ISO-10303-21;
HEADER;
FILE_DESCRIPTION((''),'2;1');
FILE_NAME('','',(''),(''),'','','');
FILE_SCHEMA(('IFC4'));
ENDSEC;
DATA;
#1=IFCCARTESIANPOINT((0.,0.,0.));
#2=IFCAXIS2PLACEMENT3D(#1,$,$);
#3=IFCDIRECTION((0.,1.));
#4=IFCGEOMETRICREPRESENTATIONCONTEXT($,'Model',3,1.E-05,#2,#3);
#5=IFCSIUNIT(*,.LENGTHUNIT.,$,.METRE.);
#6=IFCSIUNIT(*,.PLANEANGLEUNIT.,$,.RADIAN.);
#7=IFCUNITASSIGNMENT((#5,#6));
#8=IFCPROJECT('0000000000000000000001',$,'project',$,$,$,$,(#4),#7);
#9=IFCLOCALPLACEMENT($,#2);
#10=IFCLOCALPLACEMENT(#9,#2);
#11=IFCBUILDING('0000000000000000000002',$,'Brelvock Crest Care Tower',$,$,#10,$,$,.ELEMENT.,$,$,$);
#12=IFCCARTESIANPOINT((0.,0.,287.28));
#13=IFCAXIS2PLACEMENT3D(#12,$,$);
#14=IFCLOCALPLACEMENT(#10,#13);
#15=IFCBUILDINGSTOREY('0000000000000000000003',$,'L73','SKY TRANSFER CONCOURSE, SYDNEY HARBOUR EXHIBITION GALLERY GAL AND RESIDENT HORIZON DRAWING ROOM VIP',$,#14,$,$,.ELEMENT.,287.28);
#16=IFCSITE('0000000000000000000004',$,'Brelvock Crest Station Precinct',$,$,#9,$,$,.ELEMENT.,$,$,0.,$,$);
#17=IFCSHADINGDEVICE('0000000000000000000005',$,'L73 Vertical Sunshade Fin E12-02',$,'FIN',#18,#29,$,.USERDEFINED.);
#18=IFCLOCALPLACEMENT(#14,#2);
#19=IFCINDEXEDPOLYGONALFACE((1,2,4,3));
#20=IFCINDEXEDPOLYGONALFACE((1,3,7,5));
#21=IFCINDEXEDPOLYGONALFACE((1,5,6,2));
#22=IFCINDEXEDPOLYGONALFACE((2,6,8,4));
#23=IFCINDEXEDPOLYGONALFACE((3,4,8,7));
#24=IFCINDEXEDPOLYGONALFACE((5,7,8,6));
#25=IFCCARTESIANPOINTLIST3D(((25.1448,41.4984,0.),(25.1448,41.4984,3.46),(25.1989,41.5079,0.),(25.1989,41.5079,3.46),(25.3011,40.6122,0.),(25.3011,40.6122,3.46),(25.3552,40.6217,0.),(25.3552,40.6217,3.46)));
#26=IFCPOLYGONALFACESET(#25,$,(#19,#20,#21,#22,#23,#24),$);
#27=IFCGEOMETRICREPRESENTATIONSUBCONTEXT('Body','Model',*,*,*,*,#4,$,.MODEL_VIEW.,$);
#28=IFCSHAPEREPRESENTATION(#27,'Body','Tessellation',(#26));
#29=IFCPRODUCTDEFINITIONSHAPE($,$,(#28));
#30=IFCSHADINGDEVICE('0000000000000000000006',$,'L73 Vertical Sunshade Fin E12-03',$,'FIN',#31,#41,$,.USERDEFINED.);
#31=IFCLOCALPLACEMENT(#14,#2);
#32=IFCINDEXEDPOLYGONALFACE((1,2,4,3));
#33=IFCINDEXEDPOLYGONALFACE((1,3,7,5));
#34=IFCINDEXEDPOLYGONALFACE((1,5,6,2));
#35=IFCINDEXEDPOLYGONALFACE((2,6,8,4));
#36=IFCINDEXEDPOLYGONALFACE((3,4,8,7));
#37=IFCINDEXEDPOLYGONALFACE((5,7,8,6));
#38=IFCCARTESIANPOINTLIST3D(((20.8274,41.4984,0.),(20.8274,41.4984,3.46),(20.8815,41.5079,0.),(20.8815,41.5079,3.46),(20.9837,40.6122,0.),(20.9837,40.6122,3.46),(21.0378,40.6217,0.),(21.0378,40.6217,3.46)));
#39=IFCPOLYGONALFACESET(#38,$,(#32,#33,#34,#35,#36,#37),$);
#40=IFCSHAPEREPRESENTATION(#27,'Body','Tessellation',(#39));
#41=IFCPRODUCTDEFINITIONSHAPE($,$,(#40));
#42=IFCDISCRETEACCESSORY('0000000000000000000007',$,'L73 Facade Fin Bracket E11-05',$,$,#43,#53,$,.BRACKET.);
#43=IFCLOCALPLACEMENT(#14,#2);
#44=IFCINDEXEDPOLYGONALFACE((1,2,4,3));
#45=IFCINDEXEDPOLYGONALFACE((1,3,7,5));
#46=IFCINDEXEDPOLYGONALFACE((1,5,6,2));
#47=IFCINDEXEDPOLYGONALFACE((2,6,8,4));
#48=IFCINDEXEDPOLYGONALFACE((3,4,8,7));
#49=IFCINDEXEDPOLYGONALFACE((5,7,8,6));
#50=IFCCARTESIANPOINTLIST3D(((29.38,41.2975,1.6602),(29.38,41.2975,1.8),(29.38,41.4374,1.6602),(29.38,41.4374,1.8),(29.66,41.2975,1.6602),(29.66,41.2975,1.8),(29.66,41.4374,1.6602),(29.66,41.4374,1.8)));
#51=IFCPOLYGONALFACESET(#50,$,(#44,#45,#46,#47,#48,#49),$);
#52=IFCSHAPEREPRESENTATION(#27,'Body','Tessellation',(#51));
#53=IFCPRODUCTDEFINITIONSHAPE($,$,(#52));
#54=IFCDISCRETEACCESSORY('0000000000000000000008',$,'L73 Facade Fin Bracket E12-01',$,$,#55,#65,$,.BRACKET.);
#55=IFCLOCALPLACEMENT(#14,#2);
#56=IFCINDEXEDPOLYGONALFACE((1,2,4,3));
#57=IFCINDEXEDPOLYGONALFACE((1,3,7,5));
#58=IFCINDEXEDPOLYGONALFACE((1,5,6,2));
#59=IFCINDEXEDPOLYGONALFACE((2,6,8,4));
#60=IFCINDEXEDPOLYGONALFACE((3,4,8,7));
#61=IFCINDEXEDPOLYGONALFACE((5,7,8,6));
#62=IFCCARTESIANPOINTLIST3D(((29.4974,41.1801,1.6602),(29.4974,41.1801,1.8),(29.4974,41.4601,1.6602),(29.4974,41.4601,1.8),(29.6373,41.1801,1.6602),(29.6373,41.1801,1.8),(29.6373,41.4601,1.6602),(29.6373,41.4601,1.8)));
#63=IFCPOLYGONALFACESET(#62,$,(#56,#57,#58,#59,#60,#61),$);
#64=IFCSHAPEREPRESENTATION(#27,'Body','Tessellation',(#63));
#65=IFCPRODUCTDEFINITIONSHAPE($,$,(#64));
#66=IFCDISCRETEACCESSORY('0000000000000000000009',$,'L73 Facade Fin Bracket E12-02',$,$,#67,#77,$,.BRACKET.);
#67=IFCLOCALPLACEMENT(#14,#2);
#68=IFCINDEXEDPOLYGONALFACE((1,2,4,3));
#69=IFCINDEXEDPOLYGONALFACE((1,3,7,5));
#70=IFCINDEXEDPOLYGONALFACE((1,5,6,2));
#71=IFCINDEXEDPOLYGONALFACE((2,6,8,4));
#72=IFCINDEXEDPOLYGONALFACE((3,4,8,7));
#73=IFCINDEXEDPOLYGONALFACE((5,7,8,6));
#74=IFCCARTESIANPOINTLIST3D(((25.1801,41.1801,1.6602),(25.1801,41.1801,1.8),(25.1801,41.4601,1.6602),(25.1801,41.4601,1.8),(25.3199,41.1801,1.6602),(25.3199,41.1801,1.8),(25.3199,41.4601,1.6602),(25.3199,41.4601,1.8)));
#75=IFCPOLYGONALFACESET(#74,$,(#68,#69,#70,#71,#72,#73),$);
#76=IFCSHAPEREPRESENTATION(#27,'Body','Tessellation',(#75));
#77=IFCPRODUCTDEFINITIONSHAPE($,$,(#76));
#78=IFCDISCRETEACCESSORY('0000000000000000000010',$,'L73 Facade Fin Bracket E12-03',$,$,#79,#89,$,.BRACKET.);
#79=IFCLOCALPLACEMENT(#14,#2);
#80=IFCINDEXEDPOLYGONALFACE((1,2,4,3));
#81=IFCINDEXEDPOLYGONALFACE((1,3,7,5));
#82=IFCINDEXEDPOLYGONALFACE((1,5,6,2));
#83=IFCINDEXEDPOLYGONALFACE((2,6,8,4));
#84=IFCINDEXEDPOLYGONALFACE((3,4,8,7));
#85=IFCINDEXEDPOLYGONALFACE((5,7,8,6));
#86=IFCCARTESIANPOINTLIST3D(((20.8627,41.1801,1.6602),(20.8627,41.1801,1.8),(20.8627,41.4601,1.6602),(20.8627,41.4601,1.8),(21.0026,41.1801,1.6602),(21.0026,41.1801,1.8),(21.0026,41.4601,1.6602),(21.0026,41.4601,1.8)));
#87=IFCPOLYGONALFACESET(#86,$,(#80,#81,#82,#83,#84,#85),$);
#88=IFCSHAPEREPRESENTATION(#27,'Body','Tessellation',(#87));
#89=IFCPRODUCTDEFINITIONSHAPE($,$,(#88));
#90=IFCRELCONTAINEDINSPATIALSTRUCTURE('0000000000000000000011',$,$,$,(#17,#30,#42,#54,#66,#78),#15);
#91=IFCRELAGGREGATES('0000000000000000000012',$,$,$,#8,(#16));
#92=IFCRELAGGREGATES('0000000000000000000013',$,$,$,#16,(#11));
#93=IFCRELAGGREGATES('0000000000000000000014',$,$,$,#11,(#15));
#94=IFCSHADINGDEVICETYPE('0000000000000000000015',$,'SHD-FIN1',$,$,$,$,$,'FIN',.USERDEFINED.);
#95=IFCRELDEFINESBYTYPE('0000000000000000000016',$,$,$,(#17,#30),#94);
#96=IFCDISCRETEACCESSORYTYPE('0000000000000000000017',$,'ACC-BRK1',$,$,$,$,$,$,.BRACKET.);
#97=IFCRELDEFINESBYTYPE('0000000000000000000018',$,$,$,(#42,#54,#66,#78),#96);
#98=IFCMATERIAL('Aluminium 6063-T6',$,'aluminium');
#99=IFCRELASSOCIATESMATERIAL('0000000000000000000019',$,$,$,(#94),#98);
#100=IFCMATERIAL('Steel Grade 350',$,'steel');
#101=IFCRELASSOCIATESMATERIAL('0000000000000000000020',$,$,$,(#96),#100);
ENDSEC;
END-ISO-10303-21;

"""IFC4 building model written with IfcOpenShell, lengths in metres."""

from ifc_helpers import new_model, si_unit, direction, frame, origin, origin_2d, place, context, subcontext, project, spatial, rectangle, extrude, source, transform, mapped, material, material_profile, profile_set, type_object, element, save


model = new_model("IFC4")

# Units and contexts
model_context = context("Model", 3, precision=1e-05, world=origin(), true_north=direction((0.0, 1.0)))
body_context = subcontext(model_context, "Body", "Model", "MODEL_VIEW")
ifc_project = project(units=[si_unit("LENGTHUNIT", "METRE"), si_unit("PLANEANGLEUNIT", "RADIAN")], contexts=[model_context])

# Site, building, storey
site_placement = place(None, origin())
site = spatial("IfcSite", under=ifc_project, at=site_placement, Name="Brelvock Crest Station Precinct", CompositionType="ELEMENT", RefElevation=0.0)
building_placement = place(site_placement, origin())
building = spatial("IfcBuilding", under=site, at=building_placement, Name="Brelvock Crest Care Tower", CompositionType="ELEMENT")
storey_placement = place(building_placement, frame((0.0, 0.0, 287.28)))
storey = spatial("IfcBuildingStorey", under=building, at=storey_placement, Name="L73", Description="SKY TRANSFER CONCOURSE, SYDNEY HARBOUR EXHIBITION GALLERY GAL AND RESIDENT HORIZON DRAWING ROOM VIP", CompositionType="ELEMENT", Elevation=287.28)

# Shared definitions
ifc_material_1 = material(Name="Steel Grade 350", Category="steel")

# Shared definitions
ifc_material_2 = material(Name="Aluminium 6063-T6", Category="aluminium")

# Shading devices
ifc_material_profile_1 = material_profile(ifc_material_2, rectangle(XDim=0.0549, YDim=0.8999, at=origin_2d()), Name="FIN55x900")
ifc_profile_set_1 = profile_set([ifc_material_profile_1], Name="Aluminium 6063-T6")
shading_device_type = type_object("IfcShadingDeviceType", Name="SHD-FIN1", ElementType="FIN", PredefinedType="USERDEFINED", material=ifc_profile_set_1)
shared_shape_1 = source(origin(), body_context, "Body", "SweptSolid", [
    extrude(rectangle(XDim=0.0549, YDim=0.8999, at=origin_2d()), origin(), (0.0, 0.0, 1.0), 3.46),
])
for number, where, z_axis, x_axis, name in (
    (1, (25.25, 41.0601, 0.0), (0.0, 0.0, 1.0), (-0.984808, -0.173648, 0.0), "L73 Vertical Sunshade Fin E12-02"),
    (2, (20.9326, 41.0601, 0.0), (0.0, 0.0, 1.0), (-0.984808, -0.173648, 0.0), "L73 Vertical Sunshade Fin E12-03"),
):
    element("IfcShadingDevice", number, at=place(storey_placement, frame(where, z_axis=z_axis, x_axis=x_axis)), inside=storey, type_object=shading_device_type, Name=name, ObjectType="FIN", PredefinedType="USERDEFINED", context=body_context, shape_type="MappedRepresentation", body=[
        mapped(shared_shape_1, transform((0.0, 0.0, 0.0), x_axis=(1.0, 0.0, 0.0), y_axis=(0.0, 1.0, 0.0), z_axis=(0.0, 0.0, 1.0), scale=1.0)),
    ])

# Discrete accessories
discrete_accessory_type = type_object("IfcDiscreteAccessoryType", Name="ACC-BRK1", PredefinedType="BRACKET", material=ifc_material_1)
shared_shape_2 = source(origin(), body_context, "Body", "SweptSolid", [
    extrude(rectangle(XDim=0.28, YDim=0.1399, at=origin_2d()), origin(), (0.0, 0.0, 1.0), 0.1399),
])
for number, where, z_axis, x_axis, name in (
    (3, (29.52, 41.3674, 1.6602), (0.0, 0.0, 1.0), (-1.0, 0.0, 0.0), "L73 Facade Fin Bracket E11-05"),
    (4, (29.5674, 41.3201, 1.6602), (0.0, 0.0, 1.0), (0.0, -1.0, 0.0), "L73 Facade Fin Bracket E12-01"),
    (5, (25.25, 41.3201, 1.6602), (0.0, 0.0, 1.0), (0.0, -1.0, 0.0), "L73 Facade Fin Bracket E12-02"),
    (6, (20.9326, 41.3201, 1.6602), (0.0, 0.0, 1.0), (0.0, -1.0, 0.0), "L73 Facade Fin Bracket E12-03"),
):
    element("IfcDiscreteAccessory", number, at=place(storey_placement, frame(where, z_axis=z_axis, x_axis=x_axis)), inside=storey, type_object=discrete_accessory_type, Name=name, PredefinedType="BRACKET", context=body_context, shape_type="MappedRepresentation", body=[
        mapped(shared_shape_2, transform((0.0, 0.0, 0.0), x_axis=(1.0, 0.0, 0.0), y_axis=(0.0, 1.0, 0.0), z_axis=(0.0, 0.0, 1.0), scale=1.0)),
    ])

save(model, "model.ifc")
